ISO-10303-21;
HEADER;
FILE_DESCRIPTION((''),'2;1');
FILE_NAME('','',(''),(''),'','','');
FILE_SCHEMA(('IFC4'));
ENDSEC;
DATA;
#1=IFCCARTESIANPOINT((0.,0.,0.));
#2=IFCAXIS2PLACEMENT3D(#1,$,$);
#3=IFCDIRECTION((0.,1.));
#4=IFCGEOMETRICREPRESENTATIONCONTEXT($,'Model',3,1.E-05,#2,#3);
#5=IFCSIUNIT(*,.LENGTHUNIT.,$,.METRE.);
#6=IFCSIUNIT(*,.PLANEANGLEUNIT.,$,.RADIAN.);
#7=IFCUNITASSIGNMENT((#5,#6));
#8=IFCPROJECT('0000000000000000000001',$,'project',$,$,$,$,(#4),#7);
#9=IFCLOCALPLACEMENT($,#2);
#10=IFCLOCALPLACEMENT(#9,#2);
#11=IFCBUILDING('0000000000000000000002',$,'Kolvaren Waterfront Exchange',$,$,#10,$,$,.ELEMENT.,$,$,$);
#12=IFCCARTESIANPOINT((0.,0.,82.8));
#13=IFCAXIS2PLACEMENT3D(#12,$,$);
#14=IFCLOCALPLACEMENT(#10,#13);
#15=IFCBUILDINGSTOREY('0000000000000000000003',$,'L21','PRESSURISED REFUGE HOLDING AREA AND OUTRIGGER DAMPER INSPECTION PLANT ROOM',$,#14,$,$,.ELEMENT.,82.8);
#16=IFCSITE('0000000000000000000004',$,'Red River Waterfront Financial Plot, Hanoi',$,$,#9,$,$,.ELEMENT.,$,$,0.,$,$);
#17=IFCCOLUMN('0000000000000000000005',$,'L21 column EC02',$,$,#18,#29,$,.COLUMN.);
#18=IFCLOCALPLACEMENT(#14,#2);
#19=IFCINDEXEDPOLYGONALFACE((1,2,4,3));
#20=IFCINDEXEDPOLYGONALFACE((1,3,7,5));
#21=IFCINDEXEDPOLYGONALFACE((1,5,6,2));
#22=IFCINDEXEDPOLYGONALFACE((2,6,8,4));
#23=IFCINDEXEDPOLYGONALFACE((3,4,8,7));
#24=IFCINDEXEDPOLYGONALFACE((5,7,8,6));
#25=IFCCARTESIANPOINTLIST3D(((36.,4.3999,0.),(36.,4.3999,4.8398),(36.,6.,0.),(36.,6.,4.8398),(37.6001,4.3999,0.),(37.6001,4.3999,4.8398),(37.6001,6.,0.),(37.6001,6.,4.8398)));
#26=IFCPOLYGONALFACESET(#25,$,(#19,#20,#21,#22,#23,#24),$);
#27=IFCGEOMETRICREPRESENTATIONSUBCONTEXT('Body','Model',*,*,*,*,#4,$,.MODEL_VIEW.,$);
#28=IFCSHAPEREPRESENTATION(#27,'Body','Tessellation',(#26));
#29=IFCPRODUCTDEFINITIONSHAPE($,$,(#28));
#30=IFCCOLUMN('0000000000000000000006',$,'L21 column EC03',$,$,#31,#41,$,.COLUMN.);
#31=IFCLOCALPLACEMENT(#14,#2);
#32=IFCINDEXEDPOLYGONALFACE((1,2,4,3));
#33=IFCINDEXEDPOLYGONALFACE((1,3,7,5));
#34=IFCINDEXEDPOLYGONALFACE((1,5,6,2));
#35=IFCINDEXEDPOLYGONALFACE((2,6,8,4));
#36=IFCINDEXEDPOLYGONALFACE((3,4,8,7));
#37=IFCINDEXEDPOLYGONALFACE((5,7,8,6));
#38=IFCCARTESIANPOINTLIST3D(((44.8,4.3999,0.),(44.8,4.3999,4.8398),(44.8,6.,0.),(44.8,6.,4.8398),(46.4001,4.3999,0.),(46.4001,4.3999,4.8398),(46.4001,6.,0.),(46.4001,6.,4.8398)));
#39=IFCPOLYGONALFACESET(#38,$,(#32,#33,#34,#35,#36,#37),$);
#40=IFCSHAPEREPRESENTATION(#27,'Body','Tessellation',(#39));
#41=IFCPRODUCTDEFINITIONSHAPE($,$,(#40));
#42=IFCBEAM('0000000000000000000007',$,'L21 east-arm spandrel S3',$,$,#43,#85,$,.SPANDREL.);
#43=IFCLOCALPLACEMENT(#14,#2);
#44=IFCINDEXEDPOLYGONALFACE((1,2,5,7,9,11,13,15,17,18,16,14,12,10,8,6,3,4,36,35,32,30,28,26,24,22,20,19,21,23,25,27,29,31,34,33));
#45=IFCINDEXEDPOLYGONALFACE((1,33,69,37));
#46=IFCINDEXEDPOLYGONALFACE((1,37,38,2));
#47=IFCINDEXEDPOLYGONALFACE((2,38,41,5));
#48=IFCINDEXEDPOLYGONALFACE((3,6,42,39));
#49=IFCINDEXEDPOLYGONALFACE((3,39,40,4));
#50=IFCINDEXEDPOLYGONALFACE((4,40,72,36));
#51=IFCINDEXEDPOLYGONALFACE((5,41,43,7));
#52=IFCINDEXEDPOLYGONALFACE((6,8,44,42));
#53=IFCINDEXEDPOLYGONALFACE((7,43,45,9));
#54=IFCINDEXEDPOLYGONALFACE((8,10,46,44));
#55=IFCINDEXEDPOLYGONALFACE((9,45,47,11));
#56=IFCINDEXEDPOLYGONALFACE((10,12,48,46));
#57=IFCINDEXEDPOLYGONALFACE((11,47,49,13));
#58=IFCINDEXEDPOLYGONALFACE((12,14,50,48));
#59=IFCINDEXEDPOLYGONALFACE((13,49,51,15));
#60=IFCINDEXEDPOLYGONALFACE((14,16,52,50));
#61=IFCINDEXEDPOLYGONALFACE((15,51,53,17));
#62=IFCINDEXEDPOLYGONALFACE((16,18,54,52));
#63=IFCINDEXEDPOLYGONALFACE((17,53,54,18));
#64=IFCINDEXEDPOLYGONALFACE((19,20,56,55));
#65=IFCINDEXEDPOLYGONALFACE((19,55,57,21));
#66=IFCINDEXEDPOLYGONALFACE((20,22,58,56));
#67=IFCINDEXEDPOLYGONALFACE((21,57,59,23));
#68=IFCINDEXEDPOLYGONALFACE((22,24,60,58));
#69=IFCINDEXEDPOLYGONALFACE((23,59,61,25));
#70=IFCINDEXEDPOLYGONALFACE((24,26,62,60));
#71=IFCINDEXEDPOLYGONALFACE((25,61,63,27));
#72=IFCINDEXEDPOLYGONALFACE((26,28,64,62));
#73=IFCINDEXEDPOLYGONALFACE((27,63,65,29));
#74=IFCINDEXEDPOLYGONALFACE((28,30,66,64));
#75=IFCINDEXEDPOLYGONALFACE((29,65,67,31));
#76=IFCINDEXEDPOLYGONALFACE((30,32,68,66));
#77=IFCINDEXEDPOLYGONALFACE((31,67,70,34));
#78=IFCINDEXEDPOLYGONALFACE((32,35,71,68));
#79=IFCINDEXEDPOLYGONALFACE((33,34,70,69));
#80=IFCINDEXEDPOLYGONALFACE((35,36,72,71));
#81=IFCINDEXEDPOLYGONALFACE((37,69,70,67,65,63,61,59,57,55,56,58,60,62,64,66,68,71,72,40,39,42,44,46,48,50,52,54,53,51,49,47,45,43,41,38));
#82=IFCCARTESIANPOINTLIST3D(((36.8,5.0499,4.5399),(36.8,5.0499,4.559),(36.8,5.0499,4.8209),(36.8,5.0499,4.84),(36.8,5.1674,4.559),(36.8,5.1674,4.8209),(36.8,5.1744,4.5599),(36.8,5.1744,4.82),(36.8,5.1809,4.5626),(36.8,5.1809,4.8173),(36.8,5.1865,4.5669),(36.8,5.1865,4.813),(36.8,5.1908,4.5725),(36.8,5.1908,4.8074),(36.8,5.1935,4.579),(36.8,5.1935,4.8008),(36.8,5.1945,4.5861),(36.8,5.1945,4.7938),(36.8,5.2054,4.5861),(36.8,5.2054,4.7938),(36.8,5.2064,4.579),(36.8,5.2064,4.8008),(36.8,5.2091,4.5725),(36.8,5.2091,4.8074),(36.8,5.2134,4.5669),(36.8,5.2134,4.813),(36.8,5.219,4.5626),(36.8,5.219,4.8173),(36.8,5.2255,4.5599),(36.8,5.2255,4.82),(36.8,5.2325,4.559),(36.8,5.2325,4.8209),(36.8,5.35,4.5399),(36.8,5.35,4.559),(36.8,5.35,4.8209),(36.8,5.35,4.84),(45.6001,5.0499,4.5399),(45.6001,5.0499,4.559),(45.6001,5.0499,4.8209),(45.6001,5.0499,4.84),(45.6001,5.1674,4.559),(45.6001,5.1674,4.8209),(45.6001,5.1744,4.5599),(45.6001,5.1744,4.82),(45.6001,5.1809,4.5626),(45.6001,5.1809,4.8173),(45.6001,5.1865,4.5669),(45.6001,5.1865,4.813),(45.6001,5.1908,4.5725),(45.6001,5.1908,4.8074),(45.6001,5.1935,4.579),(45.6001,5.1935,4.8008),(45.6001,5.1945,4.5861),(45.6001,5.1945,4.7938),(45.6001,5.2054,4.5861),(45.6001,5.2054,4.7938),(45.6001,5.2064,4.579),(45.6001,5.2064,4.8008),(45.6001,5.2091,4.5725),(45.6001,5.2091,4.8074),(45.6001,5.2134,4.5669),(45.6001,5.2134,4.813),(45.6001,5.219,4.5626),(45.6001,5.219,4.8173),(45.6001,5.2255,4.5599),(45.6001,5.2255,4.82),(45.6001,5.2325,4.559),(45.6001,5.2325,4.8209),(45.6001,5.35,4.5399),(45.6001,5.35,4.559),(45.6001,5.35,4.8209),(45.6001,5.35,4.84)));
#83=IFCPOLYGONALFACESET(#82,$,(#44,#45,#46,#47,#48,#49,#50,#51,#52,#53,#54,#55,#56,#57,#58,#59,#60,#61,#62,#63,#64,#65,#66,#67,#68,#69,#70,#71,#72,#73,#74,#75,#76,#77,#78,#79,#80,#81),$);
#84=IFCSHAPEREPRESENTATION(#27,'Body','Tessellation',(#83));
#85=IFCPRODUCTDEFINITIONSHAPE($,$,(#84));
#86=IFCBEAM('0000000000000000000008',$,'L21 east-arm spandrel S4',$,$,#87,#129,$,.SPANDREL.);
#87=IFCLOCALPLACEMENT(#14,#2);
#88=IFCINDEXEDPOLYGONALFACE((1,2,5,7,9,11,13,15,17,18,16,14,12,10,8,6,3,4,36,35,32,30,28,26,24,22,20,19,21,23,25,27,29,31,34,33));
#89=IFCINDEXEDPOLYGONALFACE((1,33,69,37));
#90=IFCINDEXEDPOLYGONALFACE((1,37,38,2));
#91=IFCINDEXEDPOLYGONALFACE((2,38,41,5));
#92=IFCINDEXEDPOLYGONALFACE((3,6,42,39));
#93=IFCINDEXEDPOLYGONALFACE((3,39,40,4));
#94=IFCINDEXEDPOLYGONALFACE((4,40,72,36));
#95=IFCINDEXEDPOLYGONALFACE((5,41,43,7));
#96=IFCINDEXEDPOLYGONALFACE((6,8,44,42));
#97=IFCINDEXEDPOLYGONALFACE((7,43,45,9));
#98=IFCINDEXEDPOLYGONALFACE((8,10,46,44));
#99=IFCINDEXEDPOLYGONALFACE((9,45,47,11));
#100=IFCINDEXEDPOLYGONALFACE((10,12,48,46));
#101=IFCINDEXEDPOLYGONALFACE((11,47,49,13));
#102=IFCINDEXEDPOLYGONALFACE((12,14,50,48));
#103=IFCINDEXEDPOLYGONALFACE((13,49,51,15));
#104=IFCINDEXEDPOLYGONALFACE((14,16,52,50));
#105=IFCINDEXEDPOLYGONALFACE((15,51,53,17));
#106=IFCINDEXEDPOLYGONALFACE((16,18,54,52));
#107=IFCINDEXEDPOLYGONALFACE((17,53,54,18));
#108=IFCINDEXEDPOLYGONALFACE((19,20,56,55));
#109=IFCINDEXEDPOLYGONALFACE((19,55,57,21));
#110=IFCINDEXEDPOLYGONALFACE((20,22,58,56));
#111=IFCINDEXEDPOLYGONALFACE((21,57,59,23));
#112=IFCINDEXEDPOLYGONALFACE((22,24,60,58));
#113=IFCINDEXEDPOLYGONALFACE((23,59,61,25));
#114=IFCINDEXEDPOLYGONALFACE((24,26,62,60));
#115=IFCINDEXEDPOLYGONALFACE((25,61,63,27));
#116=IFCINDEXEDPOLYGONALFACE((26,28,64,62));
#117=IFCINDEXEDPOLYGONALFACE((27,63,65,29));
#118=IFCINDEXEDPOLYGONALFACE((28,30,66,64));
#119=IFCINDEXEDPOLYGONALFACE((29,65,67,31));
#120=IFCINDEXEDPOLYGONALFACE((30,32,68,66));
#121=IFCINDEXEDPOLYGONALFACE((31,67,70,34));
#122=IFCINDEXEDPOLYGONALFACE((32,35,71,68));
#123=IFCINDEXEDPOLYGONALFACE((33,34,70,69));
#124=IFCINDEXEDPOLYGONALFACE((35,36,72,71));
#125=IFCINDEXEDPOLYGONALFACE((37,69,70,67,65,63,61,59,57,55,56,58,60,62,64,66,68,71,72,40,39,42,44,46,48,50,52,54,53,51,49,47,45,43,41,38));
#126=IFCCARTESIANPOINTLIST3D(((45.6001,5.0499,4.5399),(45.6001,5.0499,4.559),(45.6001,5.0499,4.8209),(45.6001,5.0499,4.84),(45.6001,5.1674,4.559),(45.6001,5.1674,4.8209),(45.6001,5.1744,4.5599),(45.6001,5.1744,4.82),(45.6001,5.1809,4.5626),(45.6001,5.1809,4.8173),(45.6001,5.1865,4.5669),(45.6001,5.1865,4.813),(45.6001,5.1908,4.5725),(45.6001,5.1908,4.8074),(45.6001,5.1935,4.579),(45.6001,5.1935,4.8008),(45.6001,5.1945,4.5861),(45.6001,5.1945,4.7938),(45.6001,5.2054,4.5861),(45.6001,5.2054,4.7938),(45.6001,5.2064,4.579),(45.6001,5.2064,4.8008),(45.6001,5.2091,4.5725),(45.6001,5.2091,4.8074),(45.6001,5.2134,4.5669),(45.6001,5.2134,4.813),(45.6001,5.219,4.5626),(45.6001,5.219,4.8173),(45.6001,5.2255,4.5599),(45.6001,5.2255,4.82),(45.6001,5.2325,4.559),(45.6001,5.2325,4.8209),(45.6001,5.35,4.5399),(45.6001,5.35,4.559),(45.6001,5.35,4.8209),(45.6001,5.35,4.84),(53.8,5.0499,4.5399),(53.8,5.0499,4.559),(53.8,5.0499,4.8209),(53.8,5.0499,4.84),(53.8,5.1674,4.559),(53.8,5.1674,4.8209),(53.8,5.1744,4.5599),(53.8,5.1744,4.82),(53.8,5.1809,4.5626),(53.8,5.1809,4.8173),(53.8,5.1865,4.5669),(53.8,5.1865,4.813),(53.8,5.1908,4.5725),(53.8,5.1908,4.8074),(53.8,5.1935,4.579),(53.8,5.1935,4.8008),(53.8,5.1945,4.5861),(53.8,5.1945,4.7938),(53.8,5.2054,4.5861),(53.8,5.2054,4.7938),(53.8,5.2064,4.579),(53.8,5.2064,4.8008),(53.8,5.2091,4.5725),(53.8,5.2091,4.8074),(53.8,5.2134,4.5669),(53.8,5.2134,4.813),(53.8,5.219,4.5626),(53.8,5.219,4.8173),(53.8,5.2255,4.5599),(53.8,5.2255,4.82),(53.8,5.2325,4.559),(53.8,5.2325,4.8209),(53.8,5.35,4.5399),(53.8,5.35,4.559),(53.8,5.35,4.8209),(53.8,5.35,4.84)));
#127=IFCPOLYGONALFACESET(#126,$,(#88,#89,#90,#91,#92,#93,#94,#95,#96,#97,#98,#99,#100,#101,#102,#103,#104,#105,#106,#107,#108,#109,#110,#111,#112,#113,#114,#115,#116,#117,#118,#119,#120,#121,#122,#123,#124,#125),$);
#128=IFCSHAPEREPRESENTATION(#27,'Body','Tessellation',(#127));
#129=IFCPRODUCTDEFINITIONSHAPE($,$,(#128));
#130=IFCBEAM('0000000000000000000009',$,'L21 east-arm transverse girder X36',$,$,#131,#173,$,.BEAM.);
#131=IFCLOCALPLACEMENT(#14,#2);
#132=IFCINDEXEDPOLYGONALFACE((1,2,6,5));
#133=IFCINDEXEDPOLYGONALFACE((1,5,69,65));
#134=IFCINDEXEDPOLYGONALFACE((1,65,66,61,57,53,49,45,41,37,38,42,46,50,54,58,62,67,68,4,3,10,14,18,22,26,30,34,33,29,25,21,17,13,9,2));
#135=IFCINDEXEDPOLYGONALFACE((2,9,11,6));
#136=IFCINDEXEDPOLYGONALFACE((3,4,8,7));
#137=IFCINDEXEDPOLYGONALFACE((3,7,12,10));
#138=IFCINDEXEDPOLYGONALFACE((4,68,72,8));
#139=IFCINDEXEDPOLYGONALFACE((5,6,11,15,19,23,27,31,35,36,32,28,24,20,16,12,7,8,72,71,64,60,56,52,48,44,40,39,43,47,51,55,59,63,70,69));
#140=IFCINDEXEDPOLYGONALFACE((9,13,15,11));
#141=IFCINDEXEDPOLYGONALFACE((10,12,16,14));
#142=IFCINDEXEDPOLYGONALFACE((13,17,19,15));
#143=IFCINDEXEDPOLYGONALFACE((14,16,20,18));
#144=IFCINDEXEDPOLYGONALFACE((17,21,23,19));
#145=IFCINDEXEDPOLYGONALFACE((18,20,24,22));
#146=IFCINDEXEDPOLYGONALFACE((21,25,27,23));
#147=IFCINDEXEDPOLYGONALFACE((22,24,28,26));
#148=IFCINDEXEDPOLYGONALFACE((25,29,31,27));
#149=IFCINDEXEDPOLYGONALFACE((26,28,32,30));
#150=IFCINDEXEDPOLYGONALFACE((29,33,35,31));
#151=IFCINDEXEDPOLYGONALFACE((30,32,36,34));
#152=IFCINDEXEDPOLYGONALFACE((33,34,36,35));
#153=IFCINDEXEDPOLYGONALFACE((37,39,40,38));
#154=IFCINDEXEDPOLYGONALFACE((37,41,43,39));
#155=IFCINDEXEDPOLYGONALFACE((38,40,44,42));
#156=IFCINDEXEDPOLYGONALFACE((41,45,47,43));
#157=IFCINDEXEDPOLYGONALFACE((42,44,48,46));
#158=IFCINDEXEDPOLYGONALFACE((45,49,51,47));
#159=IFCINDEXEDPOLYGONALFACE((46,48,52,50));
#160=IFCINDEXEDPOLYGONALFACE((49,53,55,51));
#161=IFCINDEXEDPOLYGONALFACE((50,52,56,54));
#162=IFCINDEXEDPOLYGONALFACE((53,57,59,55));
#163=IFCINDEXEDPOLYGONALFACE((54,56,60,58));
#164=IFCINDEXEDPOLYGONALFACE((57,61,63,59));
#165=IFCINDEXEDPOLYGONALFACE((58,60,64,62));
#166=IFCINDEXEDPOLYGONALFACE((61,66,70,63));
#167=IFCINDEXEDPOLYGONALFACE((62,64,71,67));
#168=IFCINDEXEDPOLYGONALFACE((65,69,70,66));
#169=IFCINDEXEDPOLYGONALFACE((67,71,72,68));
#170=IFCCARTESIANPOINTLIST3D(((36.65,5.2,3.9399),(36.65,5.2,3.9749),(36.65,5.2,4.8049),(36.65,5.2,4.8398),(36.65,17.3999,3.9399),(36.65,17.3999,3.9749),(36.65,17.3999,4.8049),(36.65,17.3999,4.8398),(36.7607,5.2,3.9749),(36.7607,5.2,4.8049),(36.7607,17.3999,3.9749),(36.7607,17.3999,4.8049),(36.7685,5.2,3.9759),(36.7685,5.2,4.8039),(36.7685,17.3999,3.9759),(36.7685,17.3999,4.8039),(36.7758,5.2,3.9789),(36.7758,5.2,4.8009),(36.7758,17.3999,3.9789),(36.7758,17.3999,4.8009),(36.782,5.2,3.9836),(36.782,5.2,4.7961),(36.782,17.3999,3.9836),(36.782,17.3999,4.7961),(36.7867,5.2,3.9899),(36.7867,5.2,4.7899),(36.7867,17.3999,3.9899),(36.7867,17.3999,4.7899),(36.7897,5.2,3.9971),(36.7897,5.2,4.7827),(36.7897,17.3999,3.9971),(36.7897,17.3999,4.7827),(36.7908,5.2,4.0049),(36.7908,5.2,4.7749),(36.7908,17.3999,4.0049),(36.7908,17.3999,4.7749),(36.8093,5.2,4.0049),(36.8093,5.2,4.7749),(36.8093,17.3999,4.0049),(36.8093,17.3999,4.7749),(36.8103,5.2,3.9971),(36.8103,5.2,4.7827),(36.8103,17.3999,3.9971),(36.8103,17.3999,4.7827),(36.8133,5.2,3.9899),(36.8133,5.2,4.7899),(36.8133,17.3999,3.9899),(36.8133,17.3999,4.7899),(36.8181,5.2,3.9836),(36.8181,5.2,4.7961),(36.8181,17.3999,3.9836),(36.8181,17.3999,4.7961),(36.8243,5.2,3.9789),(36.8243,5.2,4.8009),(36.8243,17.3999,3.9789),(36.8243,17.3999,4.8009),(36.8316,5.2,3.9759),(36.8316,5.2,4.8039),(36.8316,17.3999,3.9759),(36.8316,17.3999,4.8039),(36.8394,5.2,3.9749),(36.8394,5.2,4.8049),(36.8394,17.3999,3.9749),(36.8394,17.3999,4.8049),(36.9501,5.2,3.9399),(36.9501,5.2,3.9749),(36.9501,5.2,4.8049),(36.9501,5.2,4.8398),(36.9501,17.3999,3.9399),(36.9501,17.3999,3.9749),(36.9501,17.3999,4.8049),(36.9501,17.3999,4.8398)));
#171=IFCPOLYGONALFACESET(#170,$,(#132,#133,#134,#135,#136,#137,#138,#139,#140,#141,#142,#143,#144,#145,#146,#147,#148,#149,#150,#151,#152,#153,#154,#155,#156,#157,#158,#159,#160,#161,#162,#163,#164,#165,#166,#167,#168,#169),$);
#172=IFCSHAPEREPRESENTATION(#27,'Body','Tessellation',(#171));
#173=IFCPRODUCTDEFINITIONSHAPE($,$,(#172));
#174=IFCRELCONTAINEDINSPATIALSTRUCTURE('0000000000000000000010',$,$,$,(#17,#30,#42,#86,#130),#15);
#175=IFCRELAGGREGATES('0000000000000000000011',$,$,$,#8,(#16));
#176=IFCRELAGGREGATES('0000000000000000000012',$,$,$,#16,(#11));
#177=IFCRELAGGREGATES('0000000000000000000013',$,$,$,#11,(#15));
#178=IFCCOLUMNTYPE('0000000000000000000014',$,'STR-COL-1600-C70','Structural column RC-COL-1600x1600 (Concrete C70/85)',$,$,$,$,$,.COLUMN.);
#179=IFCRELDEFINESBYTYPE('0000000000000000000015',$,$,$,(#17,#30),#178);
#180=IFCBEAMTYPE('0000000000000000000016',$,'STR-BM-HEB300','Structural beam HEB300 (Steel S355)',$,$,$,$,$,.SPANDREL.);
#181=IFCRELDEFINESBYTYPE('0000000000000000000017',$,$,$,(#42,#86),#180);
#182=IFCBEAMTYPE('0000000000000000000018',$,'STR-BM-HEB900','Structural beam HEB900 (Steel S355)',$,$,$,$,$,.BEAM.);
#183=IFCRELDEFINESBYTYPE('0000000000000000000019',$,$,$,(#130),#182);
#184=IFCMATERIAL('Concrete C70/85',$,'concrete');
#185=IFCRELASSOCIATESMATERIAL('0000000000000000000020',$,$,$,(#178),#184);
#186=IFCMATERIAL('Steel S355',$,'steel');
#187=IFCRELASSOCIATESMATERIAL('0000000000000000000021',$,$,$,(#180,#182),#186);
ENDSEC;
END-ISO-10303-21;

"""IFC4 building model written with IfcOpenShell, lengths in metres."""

from ifc_helpers import new_model, si_unit, direction, frame, origin, origin_2d, place, context, subcontext, project, spatial, rectangle, i_section, extrude, material, material_profile, profile_set, type_object, element, save


model = new_model("IFC4")

# Units and contexts
model_context = context("Model", 3, precision=1e-05, world=origin(), true_north=direction((0.0, 1.0)))
body_context = subcontext(model_context, "Body", "Model", "MODEL_VIEW")
ifc_project = project(units=[si_unit("LENGTHUNIT", "METRE"), si_unit("PLANEANGLEUNIT", "RADIAN")], contexts=[model_context])

# Site, building, storey
site_placement = place(None, origin())
site = spatial("IfcSite", under=ifc_project, at=site_placement, Name="Red River Waterfront Financial Plot, Hanoi", CompositionType="ELEMENT", RefElevation=0.0)
building_placement = place(site_placement, origin())
building = spatial("IfcBuilding", under=site, at=building_placement, Name="Kolvaren Waterfront Exchange", CompositionType="ELEMENT")
storey_placement = place(building_placement, frame((0.0, 0.0, 82.8)))
storey = spatial("IfcBuildingStorey", under=building, at=storey_placement, Name="L21", Description="PRESSURISED REFUGE HOLDING AREA AND OUTRIGGER DAMPER INSPECTION PLANT ROOM", CompositionType="ELEMENT", Elevation=82.8)

# Columns
ifc_material_1 = material(Name="Concrete C70/85", Category="concrete")
ifc_material_profile_1 = material_profile(ifc_material_1, rectangle(XDim=1.6001, YDim=1.6001, at=origin_2d()), Name="RC-COL-1600x1600")
ifc_profile_set_1 = profile_set([ifc_material_profile_1], Name="Concrete C70/85")
column_type = type_object("IfcColumnType", Name="STR-COL-1600-C70", Description="Structural column RC-COL-1600x1600 (Concrete C70/85)", PredefinedType="COLUMN", material=ifc_profile_set_1)
for number, where, z_axis, x_axis, name in (
    (1, (36.8, 5.2, 0.0), (0.0, 0.0, 1.0), (1.0, 0.0, 0.0), "L21 column EC02"),
    (2, (45.6001, 5.2, 0.0), (0.0, 0.0, 1.0), (1.0, 0.0, 0.0), "L21 column EC03"),
):
    element("IfcColumn", number, at=place(storey_placement, frame(where, z_axis=z_axis, x_axis=x_axis)), inside=storey, type_object=column_type, Name=name, PredefinedType="COLUMN", context=body_context, shape_type="SweptSolid", body=[
        extrude(rectangle(XDim=1.6001, YDim=1.6001, at=origin_2d()), origin(), (0.0, 0.0, 1.0), 4.8398),
    ])

# Beams
ifc_material_2 = material(Name="Steel S355", Category="steel")
ifc_material_profile_2 = material_profile(ifc_material_2, i_section(OverallWidth=0.3, OverallDepth=0.3, WebThickness=0.011, FlangeThickness=0.019, FilletRadius=0.0271, at=origin_2d()), Name="HEB300")
ifc_profile_set_2 = profile_set([ifc_material_profile_2], Name="Steel S355")
beam_type_1 = type_object("IfcBeamType", Name="STR-BM-HEB300", Description="Structural beam HEB300 (Steel S355)", PredefinedType="SPANDREL", material=ifc_profile_set_2)
beam_1_placement = place(storey_placement, frame((36.8, 5.2, 4.6899), z_axis=(1.0, 0.0, 0.0), x_axis=(0.0, 1.0, 0.0)))
element("IfcBeam", 3, at=beam_1_placement, inside=storey, type_object=beam_type_1, Name="L21 east-arm spandrel S3", PredefinedType="SPANDREL", context=body_context, shape_type="SweptSolid", body=[
    extrude(i_section(OverallWidth=0.3, OverallDepth=0.3, WebThickness=0.011, FlangeThickness=0.019, FilletRadius=0.0271, at=origin_2d()), origin(), (0.0, 0.0, 1.0), 8.8),
])
beam_2_placement = place(storey_placement, frame((45.6001, 5.2, 4.6899), z_axis=(1.0, 0.0, 0.0), x_axis=(0.0, 1.0, 0.0)))
element("IfcBeam", 4, at=beam_2_placement, inside=storey, type_object=beam_type_1, Name="L21 east-arm spandrel S4", PredefinedType="SPANDREL", context=body_context, shape_type="SweptSolid", body=[
    extrude(i_section(OverallWidth=0.3, OverallDepth=0.3, WebThickness=0.011, FlangeThickness=0.019, FilletRadius=0.0271, at=origin_2d()), origin(), (0.0, 0.0, 1.0), 8.2),
])
ifc_material_profile_3 = material_profile(ifc_material_2, i_section(OverallWidth=0.3, OverallDepth=0.8999, WebThickness=0.0186, FlangeThickness=0.0349, FilletRadius=0.03, at=origin_2d()), Name="HEB900")
ifc_profile_set_3 = profile_set([ifc_material_profile_3], Name="Steel S355")
beam_type_2 = type_object("IfcBeamType", Name="STR-BM-HEB900", Description="Structural beam HEB900 (Steel S355)", PredefinedType="BEAM", material=ifc_profile_set_3)
for number, where, z_axis, x_axis, name in (
    (5, (36.8, 5.2, 4.3899), (0.0, 1.0, 0.0), (-1.0, 0.0, 0.0), "L21 east-arm transverse girder X36"),
):
    element("IfcBeam", number, at=place(storey_placement, frame(where, z_axis=z_axis, x_axis=x_axis)), inside=storey, type_object=beam_type_2, Name=name, PredefinedType="BEAM", context=body_context, shape_type="SweptSolid", body=[
        extrude(i_section(OverallWidth=0.3, OverallDepth=0.8999, WebThickness=0.0186, FlangeThickness=0.0349, FilletRadius=0.03, at=origin_2d()), origin(), (0.0, 0.0, 1.0), 12.2),
    ])

save(model, "model.ifc")
